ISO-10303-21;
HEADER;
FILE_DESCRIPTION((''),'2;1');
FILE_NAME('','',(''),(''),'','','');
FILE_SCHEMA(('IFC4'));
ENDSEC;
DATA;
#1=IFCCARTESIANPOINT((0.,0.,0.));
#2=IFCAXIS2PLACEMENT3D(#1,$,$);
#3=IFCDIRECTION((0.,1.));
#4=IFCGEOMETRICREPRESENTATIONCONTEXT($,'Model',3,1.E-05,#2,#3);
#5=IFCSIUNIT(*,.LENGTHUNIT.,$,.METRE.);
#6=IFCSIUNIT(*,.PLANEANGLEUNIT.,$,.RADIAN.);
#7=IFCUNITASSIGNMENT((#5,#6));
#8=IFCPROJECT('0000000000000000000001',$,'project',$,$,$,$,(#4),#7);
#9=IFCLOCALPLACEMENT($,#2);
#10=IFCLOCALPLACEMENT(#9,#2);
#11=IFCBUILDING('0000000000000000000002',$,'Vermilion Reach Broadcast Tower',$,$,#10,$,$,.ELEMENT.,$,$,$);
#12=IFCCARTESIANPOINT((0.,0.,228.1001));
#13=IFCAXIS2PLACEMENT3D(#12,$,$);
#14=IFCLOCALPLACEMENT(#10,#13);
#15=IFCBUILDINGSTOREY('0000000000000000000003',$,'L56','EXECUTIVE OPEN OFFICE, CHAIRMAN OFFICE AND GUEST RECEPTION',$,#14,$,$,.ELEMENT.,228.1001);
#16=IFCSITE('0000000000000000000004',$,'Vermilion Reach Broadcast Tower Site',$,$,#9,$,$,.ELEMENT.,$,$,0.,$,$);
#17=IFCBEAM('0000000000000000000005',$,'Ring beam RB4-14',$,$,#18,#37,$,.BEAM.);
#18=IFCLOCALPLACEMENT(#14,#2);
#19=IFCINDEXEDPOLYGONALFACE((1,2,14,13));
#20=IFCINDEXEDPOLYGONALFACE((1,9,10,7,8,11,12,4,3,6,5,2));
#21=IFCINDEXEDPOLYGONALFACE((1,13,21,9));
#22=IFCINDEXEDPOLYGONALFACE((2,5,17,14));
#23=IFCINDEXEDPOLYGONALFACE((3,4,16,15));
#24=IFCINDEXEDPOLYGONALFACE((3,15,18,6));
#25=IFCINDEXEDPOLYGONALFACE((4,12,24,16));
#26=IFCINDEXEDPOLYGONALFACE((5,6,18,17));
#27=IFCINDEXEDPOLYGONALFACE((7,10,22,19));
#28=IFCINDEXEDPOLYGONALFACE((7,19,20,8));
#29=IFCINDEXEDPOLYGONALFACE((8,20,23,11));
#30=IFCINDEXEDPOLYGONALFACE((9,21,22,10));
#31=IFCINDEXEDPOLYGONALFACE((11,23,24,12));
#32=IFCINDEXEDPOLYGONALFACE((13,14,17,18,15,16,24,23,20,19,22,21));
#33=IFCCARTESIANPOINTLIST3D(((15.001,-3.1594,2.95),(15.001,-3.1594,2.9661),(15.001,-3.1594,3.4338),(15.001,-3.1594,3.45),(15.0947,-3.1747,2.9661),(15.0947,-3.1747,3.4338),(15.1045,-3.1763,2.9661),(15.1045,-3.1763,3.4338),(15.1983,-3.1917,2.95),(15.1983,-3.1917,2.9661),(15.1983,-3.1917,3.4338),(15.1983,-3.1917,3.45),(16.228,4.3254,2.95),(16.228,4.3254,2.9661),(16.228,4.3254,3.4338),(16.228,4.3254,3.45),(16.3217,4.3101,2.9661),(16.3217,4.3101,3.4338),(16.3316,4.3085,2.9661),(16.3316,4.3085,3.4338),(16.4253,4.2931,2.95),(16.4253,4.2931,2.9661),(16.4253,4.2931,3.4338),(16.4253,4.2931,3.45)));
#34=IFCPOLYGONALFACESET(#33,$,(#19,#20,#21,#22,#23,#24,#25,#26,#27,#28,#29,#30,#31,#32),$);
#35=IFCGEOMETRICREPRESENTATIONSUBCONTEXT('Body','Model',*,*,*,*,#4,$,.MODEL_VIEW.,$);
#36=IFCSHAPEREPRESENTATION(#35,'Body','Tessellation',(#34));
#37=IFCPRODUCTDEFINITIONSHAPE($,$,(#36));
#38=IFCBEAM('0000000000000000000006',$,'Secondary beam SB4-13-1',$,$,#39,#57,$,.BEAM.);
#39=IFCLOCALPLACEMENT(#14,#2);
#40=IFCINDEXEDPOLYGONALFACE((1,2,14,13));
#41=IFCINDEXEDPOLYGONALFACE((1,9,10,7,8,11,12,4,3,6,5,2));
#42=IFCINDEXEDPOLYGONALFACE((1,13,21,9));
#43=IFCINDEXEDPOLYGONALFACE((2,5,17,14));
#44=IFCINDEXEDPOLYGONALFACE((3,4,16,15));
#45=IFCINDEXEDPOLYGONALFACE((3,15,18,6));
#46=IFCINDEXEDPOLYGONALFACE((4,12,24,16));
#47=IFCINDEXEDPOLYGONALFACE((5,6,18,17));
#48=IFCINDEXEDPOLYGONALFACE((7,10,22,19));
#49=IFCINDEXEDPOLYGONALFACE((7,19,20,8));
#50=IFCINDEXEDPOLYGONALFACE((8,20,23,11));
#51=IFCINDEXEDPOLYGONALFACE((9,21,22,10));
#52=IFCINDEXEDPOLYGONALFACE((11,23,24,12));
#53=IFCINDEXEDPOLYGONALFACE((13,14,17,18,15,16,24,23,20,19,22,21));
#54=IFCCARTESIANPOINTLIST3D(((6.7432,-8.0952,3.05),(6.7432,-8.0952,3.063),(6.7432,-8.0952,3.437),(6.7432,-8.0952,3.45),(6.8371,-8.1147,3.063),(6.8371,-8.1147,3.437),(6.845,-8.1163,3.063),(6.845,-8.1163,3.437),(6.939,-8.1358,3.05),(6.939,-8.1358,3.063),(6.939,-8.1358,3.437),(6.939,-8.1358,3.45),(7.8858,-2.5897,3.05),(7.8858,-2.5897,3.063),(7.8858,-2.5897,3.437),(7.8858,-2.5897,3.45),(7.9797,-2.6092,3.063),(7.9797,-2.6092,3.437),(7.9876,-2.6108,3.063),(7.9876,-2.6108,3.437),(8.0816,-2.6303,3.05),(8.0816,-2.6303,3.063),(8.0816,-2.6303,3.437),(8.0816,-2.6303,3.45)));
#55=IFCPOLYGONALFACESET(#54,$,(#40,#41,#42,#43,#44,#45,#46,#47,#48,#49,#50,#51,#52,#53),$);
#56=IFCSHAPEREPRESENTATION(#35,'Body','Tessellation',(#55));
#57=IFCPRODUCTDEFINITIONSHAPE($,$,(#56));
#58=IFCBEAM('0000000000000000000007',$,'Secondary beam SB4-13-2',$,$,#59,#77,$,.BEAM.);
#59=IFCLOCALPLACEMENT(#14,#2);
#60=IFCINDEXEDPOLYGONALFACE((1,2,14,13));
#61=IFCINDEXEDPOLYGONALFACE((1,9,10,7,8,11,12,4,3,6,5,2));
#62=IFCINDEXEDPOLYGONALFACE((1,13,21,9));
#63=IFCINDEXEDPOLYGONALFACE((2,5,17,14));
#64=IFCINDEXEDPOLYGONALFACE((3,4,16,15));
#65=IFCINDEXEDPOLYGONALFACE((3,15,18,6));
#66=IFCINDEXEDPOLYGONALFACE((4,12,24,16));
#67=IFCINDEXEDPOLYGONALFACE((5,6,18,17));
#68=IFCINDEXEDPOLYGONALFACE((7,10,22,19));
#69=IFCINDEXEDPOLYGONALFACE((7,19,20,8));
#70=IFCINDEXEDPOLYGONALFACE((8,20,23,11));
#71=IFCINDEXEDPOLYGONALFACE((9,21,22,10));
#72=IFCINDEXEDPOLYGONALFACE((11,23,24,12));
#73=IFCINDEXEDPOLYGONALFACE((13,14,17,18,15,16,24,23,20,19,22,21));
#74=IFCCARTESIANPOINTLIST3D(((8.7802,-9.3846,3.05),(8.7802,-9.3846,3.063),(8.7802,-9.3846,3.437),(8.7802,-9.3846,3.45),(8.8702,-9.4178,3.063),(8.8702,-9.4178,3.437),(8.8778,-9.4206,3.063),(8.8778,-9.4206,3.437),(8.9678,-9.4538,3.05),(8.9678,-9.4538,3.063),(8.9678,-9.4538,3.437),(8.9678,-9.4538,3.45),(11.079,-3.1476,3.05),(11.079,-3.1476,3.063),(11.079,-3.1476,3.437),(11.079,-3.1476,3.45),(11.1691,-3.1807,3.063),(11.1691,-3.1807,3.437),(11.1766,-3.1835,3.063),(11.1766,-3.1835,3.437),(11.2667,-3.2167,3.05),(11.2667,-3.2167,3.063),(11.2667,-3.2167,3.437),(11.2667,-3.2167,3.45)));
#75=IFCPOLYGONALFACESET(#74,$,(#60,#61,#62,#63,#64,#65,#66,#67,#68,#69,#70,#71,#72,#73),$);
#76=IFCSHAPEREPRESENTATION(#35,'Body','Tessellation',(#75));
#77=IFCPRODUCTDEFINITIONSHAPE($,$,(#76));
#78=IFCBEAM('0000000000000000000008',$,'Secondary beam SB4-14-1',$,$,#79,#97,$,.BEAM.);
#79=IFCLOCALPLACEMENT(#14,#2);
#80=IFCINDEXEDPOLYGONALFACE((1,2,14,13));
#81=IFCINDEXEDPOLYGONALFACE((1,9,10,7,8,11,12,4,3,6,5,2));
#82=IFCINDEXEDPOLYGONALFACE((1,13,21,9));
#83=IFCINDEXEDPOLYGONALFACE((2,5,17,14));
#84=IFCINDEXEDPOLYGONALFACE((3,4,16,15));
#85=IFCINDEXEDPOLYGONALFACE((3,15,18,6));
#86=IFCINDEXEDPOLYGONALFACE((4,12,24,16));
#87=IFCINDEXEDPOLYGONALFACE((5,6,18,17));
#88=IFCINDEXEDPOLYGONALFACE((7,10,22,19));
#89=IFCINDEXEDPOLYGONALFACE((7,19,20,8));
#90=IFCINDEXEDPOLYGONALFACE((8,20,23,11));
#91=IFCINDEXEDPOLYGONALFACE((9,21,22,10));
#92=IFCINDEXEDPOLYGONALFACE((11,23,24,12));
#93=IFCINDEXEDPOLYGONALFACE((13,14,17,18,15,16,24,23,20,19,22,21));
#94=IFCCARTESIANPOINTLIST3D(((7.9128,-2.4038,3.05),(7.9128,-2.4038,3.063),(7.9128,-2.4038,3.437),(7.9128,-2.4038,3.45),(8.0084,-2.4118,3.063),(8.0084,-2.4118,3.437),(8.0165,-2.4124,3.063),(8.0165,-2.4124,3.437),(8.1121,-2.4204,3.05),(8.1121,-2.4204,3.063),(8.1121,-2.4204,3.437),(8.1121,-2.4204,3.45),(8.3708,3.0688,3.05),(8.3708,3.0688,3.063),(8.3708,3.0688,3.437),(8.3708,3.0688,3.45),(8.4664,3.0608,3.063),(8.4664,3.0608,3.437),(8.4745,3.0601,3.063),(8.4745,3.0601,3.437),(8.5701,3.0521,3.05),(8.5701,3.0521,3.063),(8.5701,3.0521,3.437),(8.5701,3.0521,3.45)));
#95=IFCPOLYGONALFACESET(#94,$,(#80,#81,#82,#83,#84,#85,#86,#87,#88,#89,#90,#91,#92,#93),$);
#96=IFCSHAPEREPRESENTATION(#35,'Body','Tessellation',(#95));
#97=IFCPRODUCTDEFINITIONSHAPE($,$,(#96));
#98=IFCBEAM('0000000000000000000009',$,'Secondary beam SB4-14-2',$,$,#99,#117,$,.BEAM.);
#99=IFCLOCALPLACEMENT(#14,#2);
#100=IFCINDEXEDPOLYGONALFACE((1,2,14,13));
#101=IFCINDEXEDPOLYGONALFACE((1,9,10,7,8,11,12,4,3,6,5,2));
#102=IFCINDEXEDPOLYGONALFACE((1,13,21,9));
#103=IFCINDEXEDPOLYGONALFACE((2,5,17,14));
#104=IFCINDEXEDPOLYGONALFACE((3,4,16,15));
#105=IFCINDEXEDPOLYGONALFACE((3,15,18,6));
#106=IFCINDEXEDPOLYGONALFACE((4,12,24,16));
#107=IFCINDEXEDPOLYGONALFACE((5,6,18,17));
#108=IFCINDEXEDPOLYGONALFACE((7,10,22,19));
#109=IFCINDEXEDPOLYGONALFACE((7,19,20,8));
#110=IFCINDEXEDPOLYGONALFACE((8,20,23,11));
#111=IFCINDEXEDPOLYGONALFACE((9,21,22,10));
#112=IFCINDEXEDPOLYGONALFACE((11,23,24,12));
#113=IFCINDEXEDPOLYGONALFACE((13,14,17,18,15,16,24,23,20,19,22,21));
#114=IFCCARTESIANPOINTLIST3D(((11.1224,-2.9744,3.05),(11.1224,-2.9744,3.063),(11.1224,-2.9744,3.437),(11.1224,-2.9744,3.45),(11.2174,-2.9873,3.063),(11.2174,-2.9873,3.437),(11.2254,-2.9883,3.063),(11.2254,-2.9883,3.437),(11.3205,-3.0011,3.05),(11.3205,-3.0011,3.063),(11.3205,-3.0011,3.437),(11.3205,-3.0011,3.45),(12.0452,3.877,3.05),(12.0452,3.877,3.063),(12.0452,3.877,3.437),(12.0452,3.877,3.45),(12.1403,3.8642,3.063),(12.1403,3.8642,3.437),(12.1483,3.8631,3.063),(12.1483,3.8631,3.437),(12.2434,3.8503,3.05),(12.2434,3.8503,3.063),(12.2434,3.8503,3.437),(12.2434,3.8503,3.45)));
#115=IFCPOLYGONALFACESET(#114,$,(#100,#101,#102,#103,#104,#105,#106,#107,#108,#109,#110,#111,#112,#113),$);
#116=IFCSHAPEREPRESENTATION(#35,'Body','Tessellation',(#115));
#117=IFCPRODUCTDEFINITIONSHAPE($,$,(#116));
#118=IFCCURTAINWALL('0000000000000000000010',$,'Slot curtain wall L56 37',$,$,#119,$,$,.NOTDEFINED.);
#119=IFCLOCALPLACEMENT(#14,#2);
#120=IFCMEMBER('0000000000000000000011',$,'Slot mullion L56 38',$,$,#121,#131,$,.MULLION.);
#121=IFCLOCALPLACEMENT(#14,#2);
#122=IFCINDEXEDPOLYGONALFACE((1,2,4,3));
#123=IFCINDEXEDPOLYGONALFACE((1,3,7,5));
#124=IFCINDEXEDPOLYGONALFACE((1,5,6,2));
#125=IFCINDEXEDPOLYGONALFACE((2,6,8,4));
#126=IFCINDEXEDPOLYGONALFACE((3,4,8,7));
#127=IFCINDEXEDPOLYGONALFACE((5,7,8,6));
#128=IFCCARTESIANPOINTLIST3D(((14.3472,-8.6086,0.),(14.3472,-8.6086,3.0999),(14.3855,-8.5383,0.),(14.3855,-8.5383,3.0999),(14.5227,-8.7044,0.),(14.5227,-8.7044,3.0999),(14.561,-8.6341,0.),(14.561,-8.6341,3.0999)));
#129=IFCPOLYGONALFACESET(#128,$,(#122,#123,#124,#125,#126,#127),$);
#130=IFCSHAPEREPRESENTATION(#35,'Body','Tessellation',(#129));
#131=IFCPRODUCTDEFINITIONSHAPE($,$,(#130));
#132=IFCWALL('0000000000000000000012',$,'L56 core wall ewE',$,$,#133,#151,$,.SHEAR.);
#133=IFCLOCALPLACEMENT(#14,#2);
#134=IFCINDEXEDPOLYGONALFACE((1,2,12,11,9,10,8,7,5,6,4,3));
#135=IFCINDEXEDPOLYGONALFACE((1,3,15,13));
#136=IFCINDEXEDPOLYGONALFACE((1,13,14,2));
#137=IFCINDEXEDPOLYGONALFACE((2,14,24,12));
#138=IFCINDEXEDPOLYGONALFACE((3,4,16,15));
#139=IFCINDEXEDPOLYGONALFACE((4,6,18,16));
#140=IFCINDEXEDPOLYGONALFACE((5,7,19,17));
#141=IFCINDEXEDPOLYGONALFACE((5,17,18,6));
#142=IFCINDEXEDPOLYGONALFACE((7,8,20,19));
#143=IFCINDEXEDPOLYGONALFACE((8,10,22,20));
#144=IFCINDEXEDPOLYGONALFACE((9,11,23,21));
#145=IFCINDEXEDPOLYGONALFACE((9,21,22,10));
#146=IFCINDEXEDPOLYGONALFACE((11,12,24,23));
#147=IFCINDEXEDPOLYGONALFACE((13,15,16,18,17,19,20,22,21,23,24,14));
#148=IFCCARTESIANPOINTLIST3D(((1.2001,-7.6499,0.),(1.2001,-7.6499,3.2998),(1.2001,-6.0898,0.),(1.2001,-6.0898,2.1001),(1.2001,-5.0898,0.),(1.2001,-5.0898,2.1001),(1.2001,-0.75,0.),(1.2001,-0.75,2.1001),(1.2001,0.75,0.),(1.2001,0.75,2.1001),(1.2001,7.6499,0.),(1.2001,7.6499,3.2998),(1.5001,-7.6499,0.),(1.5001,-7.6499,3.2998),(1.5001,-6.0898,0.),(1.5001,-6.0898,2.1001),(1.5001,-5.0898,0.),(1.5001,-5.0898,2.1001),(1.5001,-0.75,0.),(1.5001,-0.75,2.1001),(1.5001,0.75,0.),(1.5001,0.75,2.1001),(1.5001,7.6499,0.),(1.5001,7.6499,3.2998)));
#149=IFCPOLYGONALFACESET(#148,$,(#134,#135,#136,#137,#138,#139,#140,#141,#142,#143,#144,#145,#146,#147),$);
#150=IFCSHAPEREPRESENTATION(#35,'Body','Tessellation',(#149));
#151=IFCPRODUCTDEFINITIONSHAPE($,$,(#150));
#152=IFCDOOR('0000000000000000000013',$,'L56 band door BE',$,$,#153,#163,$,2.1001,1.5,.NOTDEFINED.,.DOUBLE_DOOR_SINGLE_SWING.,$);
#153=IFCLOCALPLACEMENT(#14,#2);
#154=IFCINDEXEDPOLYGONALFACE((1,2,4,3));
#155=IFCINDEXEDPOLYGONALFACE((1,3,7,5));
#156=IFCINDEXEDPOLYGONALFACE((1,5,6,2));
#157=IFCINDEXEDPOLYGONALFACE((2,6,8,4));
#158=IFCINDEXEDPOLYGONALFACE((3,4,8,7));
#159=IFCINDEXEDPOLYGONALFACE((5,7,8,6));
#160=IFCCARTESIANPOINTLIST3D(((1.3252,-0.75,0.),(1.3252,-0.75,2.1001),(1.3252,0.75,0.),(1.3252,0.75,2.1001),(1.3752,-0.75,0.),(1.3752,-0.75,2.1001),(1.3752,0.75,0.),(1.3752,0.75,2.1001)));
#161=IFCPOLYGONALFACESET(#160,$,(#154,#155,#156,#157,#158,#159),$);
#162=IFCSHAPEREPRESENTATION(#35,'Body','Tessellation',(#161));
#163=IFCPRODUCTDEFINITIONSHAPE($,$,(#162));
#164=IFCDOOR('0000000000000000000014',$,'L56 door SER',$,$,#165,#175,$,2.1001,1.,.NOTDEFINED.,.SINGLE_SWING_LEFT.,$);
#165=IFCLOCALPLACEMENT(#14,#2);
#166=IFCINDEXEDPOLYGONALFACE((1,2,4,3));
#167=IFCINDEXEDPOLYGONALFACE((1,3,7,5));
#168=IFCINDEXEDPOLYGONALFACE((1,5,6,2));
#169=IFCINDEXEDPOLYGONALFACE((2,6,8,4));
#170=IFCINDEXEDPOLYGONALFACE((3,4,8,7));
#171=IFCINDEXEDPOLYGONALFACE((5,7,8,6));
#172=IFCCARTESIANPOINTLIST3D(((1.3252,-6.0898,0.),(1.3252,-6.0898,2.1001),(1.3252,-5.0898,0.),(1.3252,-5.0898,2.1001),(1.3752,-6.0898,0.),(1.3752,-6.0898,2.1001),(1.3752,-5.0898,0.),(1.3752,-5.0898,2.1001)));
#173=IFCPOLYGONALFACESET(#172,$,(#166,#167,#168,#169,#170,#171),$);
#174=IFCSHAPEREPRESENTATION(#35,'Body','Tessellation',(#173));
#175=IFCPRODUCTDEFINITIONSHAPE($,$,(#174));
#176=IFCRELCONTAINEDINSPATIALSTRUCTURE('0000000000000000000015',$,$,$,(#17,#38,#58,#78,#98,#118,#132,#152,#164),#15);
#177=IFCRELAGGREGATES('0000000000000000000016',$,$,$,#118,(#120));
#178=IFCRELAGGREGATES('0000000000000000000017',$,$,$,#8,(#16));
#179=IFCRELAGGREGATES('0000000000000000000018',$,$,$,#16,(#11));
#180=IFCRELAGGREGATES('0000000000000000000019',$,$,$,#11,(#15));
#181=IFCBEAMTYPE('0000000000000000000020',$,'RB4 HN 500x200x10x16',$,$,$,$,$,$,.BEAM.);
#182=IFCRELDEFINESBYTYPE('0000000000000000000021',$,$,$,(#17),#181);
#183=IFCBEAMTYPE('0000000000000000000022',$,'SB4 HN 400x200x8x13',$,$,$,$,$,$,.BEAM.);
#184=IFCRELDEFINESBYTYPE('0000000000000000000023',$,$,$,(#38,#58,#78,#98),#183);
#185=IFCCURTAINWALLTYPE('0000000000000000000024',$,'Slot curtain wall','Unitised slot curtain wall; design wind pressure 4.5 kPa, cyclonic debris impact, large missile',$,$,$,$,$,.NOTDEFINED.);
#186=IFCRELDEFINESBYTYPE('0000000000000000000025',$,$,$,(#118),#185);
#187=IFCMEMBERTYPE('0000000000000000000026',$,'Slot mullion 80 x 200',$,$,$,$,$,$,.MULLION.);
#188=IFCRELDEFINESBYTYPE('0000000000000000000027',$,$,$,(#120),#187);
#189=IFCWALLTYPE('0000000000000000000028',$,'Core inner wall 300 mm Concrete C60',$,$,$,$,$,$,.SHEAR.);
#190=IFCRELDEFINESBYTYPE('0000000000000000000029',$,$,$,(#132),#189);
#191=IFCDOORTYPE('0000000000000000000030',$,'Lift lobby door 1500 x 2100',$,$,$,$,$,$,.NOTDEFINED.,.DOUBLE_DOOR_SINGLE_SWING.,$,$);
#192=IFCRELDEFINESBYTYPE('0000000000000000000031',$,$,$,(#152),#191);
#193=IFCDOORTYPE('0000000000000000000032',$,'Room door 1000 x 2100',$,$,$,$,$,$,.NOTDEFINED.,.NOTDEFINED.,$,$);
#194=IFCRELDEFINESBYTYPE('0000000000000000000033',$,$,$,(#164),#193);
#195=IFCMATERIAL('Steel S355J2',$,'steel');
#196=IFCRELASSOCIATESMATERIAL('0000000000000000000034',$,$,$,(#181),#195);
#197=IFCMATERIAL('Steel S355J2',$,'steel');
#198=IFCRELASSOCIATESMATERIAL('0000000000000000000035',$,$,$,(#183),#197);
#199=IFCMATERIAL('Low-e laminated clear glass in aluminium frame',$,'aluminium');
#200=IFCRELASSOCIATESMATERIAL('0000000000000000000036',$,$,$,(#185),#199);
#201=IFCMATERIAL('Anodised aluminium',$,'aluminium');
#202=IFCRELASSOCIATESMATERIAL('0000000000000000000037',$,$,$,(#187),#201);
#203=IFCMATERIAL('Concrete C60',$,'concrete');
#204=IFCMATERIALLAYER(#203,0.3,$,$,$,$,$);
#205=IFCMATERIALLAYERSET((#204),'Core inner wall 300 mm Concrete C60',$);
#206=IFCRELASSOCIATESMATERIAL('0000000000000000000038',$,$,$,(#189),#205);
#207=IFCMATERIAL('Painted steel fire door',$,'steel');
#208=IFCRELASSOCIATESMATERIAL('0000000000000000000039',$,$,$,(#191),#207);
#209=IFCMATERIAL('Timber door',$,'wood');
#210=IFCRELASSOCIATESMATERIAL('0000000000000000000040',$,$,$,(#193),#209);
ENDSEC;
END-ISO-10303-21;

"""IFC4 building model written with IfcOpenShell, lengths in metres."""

from ifc_helpers import new_model, si_unit, direction, frame, frame_2d, origin, origin_2d, place, context, subcontext, project, spatial, rectangle, i_section, extrude, material, layer, layer_set, material_profile, profile_set, type_object, element, fill, aggregate, save


model = new_model("IFC4")

# Units and contexts
model_context = context("Model", 3, precision=1e-05, world=origin(), true_north=direction((0.0, 1.0)))
body_context = subcontext(model_context, "Body", "Model", "MODEL_VIEW")
ifc_project = project(units=[si_unit("LENGTHUNIT", "METRE"), si_unit("PLANEANGLEUNIT", "RADIAN")], contexts=[model_context])

# Site, building, storey
site_placement = place(None, origin())
site = spatial("IfcSite", under=ifc_project, at=site_placement, Name="Vermilion Reach Broadcast Tower Site", CompositionType="ELEMENT", RefElevation=0.0)
building_placement = place(site_placement, origin())
building = spatial("IfcBuilding", under=site, at=building_placement, Name="Vermilion Reach Broadcast Tower", CompositionType="ELEMENT")
storey_placement = place(building_placement, frame((0.0, 0.0, 228.1001)))
storey = spatial("IfcBuildingStorey", under=building, at=storey_placement, Name="L56", Description="EXECUTIVE OPEN OFFICE, CHAIRMAN OFFICE AND GUEST RECEPTION", CompositionType="ELEMENT", Elevation=228.1001)

# Beams
ifc_material_1 = material(Name="Steel S355J2", Category="steel")
ifc_material_profile_1 = material_profile(ifc_material_1, i_section(OverallWidth=0.2, OverallDepth=0.5, WebThickness=0.01, FlangeThickness=0.0161, at=origin_2d()), Name="S355J2 HN 500x200x10x16")
ifc_profile_set_1 = profile_set([ifc_material_profile_1], Name="Steel S355J2")
beam_type_1 = type_object("IfcBeamType", Name="RB4 HN 500x200x10x16", PredefinedType="BEAM", material=ifc_profile_set_1)
beam_1_placement = place(storey_placement, frame((15.0996, -3.1755, 3.2), z_axis=(0.161778, 0.986827, 0.0), x_axis=(-0.986827, 0.161778, 0.0)))
element("IfcBeam", 1, at=beam_1_placement, inside=storey, type_object=beam_type_1, Name="Ring beam RB4-14", PredefinedType="BEAM", context=body_context, shape_type="SweptSolid", body=[
    extrude(i_section(OverallWidth=0.2, OverallDepth=0.5, WebThickness=0.01, FlangeThickness=0.0161, at=origin_2d()), origin(), (0.0, 0.0, 1.0), 7.5847),
])
ifc_material_2 = material(Name="Steel S355J2", Category="steel")
ifc_material_profile_2 = material_profile(ifc_material_2, i_section(OverallWidth=0.2, OverallDepth=0.3999, WebThickness=0.0081, FlangeThickness=0.0129, at=origin_2d()), Name="S355J2 HN 400x200x8x13")
ifc_profile_set_2 = profile_set([ifc_material_profile_2], Name="Steel S355J2")
beam_type_2 = type_object("IfcBeamType", Name="SB4 HN 400x200x8x13", PredefinedType="BEAM", material=ifc_profile_set_2)
beam_2_placement = place(storey_placement, frame((6.8411, -8.1155, 3.25), z_axis=(0.203209, 0.979135, 0.0), x_axis=(-0.979135, 0.203209, 0.0)))
element("IfcBeam", 2, at=beam_2_placement, inside=storey, type_object=beam_type_2, Name="Secondary beam SB4-13-1", PredefinedType="BEAM", context=body_context, shape_type="SweptSolid", body=[
    extrude(i_section(OverallWidth=0.2, OverallDepth=0.3999, WebThickness=0.0081, FlangeThickness=0.0129, at=origin_2d()), origin(), (0.0, 0.0, 1.0), 5.6228),
])
beam_3_placement = place(storey_placement, frame((8.874, -9.4192, 3.25), z_axis=(0.345833, 0.938296, 0.0), x_axis=(-0.938296, 0.345833, 0.0)))
element("IfcBeam", 3, at=beam_3_placement, inside=storey, type_object=beam_type_2, Name="Secondary beam SB4-13-2", PredefinedType="BEAM", context=body_context, shape_type="SweptSolid", body=[
    extrude(i_section(OverallWidth=0.2, OverallDepth=0.3999, WebThickness=0.0081, FlangeThickness=0.0129, at=origin_2d()), origin(), (0.0, 0.0, 1.0), 6.6472),
])
beam_4_placement = place(storey_placement, frame((8.0125, -2.4121, 3.25), z_axis=(0.083399, 0.996516, 0.0), x_axis=(-0.996516, 0.083399, 0.0)))
element("IfcBeam", 4, at=beam_4_placement, inside=storey, type_object=beam_type_2, Name="Secondary beam SB4-14-1", PredefinedType="BEAM", context=body_context, shape_type="SweptSolid", body=[
    extrude(i_section(OverallWidth=0.2, OverallDepth=0.3999, WebThickness=0.0081, FlangeThickness=0.0129, at=origin_2d()), origin(), (0.0, 0.0, 1.0), 5.4917),
])
beam_5_placement = place(storey_placement, frame((11.2214, -2.9878, 3.25), z_axis=(0.133487, 0.991051, 0.0), x_axis=(-0.991051, 0.133487, 0.0)))
element("IfcBeam", 5, at=beam_5_placement, inside=storey, type_object=beam_type_2, Name="Secondary beam SB4-14-2", PredefinedType="BEAM", context=body_context, shape_type="SweptSolid", body=[
    extrude(i_section(OverallWidth=0.2, OverallDepth=0.3999, WebThickness=0.0081, FlangeThickness=0.0129, at=origin_2d()), origin(), (0.0, 0.0, 1.0), 6.9133),
])

# Curtain wall, member
ifc_material_3 = material(Name="Low-e laminated clear glass in aluminium frame", Category="aluminium")
curtain_wall_type = type_object("IfcCurtainWallType", Name="Slot curtain wall", Description="Unitised slot curtain wall; design wind pressure 4.5 kPa, cyclonic debris impact, large missile", PredefinedType="NOTDEFINED", material=ifc_material_3)
curtain_wall_placement = place(storey_placement, origin())
curtain_wall = element("IfcCurtainWall", 6, at=curtain_wall_placement, inside=storey, type_object=curtain_wall_type, Name="Slot curtain wall L56 37", PredefinedType="NOTDEFINED")
ifc_material_4 = material(Name="Anodised aluminium", Category="aluminium")
ifc_material_profile_3 = material_profile(ifc_material_4, rectangle(XDim=0.2, YDim=0.0801, at=origin_2d()), Name="Slot mullion 80 x 200")
ifc_profile_set_3 = profile_set([ifc_material_profile_3], Name="Anodised aluminium")
member_type = type_object("IfcMemberType", Name="Slot mullion 80 x 200", PredefinedType="MULLION", material=ifc_profile_set_3)
member_placement = place(storey_placement, frame((14.4541, -8.6213, 0.0), z_axis=(0.0, 0.0, 1.0), x_axis=(-0.877657, 0.47929, 0.0)))
member = element("IfcMember", 7, at=member_placement, type_object=member_type, Name="Slot mullion L56 38", PredefinedType="MULLION", context=body_context, shape_type="SweptSolid", body=[
    extrude(rectangle(XDim=0.2, YDim=0.0801, at=origin_2d()), origin(), (0.0, 0.0, 1.0), 3.0999),
])
aggregate(curtain_wall, [member])

# Wall, openings, doors
ifc_material_5 = material(Name="Concrete C60", Category="concrete")
ifc_layer_1 = layer(ifc_material_5, 0.3)
ifc_layer_set_1 = layer_set([ifc_layer_1], Name="Core inner wall 300 mm Concrete C60")
wall_type_1 = type_object("IfcWallType", Name="Core inner wall 300 mm Concrete C60", PredefinedType="SHEAR", material=ifc_layer_set_1)
wall_1_placement = place(storey_placement, frame((1.3501, -7.6499, 0.0), z_axis=(0.0, 0.0, 1.0), x_axis=(0.0, 1.0, 0.0)))
wall_1 = element("IfcWall", 8, at=wall_1_placement, inside=storey, type_object=wall_type_1, Name="L56 core wall ewE", PredefinedType="SHEAR", context=body_context, shape_type="SweptSolid", body=[
    extrude(rectangle(XDim=15.2998, YDim=0.3, at=frame_2d((7.6499, 0.0))), origin(), (0.0, 0.0, 1.0), 3.2998),
])
opening_1_placement = place(wall_1_placement, frame((1.5601, 0.0, 0.0)))
opening_1 = element("IfcOpeningElement", 9, at=opening_1_placement, cuts=wall_1, PredefinedType="OPENING", context=body_context, shape_type="SweptSolid", body=[
    extrude(rectangle(XDim=1.0, YDim=2.1001, at=frame_2d((0.5, 1.05))), frame((0.0, 0.1599, 0.0), z_axis=(0.0, -1.0, 0.0), x_axis=(1.0, 0.0, 0.0)), (0.0, 0.0, 1.0), 0.3201),
])
opening_2_placement = place(wall_1_placement, frame((6.8999, 0.0, 0.0)))
opening_2 = element("IfcOpeningElement", 10, at=opening_2_placement, cuts=wall_1, PredefinedType="OPENING", context=body_context, shape_type="SweptSolid", body=[
    extrude(rectangle(XDim=1.5, YDim=2.1001, at=frame_2d((0.75, 1.05))), frame((0.0, 0.1599, 0.0), z_axis=(0.0, -1.0, 0.0), x_axis=(1.0, 0.0, 0.0)), (0.0, 0.0, 1.0), 0.3201),
])
ifc_material_6 = material(Name="Painted steel fire door", Category="steel")
door_type_1 = type_object("IfcDoorType", Name="Lift lobby door 1500 x 2100", OperationType="DOUBLE_DOOR_SINGLE_SWING", PredefinedType="NOTDEFINED", material=ifc_material_6)
door_1_placement = place(opening_2_placement, origin())
door_1 = element("IfcDoor", 11, at=door_1_placement, inside=storey, type_object=door_type_1, Name="L56 band door BE", OperationType="DOUBLE_DOOR_SINGLE_SWING", OverallHeight=2.1001, OverallWidth=1.5, PredefinedType="NOTDEFINED", context=body_context, shape_type="SweptSolid", body=[
    extrude(rectangle(XDim=1.5, YDim=2.1001, at=frame_2d((0.75, 1.05))), frame((0.0, 0.0249, 0.0), z_axis=(0.0, -1.0, 0.0), x_axis=(1.0, 0.0, 0.0)), (0.0, 0.0, 1.0), 0.05),
])
fill(opening_2, door_1)
ifc_material_7 = material(Name="Timber door", Category="wood")
door_type_2 = type_object("IfcDoorType", Name="Room door 1000 x 2100", OperationType="NOTDEFINED", PredefinedType="NOTDEFINED", material=ifc_material_7)
door_2_placement = place(opening_1_placement, origin())
door_2 = element("IfcDoor", 12, at=door_2_placement, inside=storey, type_object=door_type_2, Name="L56 door SER", OperationType="SINGLE_SWING_LEFT", OverallHeight=2.1001, OverallWidth=1.0, PredefinedType="NOTDEFINED", context=body_context, shape_type="SweptSolid", body=[
    extrude(rectangle(XDim=1.0, YDim=2.1001, at=frame_2d((0.5, 1.05))), frame((0.0, 0.0249, 0.0), z_axis=(0.0, -1.0, 0.0), x_axis=(1.0, 0.0, 0.0)), (0.0, 0.0, 1.0), 0.05),
])
fill(opening_1, door_2)

save(model, "model.ifc")
